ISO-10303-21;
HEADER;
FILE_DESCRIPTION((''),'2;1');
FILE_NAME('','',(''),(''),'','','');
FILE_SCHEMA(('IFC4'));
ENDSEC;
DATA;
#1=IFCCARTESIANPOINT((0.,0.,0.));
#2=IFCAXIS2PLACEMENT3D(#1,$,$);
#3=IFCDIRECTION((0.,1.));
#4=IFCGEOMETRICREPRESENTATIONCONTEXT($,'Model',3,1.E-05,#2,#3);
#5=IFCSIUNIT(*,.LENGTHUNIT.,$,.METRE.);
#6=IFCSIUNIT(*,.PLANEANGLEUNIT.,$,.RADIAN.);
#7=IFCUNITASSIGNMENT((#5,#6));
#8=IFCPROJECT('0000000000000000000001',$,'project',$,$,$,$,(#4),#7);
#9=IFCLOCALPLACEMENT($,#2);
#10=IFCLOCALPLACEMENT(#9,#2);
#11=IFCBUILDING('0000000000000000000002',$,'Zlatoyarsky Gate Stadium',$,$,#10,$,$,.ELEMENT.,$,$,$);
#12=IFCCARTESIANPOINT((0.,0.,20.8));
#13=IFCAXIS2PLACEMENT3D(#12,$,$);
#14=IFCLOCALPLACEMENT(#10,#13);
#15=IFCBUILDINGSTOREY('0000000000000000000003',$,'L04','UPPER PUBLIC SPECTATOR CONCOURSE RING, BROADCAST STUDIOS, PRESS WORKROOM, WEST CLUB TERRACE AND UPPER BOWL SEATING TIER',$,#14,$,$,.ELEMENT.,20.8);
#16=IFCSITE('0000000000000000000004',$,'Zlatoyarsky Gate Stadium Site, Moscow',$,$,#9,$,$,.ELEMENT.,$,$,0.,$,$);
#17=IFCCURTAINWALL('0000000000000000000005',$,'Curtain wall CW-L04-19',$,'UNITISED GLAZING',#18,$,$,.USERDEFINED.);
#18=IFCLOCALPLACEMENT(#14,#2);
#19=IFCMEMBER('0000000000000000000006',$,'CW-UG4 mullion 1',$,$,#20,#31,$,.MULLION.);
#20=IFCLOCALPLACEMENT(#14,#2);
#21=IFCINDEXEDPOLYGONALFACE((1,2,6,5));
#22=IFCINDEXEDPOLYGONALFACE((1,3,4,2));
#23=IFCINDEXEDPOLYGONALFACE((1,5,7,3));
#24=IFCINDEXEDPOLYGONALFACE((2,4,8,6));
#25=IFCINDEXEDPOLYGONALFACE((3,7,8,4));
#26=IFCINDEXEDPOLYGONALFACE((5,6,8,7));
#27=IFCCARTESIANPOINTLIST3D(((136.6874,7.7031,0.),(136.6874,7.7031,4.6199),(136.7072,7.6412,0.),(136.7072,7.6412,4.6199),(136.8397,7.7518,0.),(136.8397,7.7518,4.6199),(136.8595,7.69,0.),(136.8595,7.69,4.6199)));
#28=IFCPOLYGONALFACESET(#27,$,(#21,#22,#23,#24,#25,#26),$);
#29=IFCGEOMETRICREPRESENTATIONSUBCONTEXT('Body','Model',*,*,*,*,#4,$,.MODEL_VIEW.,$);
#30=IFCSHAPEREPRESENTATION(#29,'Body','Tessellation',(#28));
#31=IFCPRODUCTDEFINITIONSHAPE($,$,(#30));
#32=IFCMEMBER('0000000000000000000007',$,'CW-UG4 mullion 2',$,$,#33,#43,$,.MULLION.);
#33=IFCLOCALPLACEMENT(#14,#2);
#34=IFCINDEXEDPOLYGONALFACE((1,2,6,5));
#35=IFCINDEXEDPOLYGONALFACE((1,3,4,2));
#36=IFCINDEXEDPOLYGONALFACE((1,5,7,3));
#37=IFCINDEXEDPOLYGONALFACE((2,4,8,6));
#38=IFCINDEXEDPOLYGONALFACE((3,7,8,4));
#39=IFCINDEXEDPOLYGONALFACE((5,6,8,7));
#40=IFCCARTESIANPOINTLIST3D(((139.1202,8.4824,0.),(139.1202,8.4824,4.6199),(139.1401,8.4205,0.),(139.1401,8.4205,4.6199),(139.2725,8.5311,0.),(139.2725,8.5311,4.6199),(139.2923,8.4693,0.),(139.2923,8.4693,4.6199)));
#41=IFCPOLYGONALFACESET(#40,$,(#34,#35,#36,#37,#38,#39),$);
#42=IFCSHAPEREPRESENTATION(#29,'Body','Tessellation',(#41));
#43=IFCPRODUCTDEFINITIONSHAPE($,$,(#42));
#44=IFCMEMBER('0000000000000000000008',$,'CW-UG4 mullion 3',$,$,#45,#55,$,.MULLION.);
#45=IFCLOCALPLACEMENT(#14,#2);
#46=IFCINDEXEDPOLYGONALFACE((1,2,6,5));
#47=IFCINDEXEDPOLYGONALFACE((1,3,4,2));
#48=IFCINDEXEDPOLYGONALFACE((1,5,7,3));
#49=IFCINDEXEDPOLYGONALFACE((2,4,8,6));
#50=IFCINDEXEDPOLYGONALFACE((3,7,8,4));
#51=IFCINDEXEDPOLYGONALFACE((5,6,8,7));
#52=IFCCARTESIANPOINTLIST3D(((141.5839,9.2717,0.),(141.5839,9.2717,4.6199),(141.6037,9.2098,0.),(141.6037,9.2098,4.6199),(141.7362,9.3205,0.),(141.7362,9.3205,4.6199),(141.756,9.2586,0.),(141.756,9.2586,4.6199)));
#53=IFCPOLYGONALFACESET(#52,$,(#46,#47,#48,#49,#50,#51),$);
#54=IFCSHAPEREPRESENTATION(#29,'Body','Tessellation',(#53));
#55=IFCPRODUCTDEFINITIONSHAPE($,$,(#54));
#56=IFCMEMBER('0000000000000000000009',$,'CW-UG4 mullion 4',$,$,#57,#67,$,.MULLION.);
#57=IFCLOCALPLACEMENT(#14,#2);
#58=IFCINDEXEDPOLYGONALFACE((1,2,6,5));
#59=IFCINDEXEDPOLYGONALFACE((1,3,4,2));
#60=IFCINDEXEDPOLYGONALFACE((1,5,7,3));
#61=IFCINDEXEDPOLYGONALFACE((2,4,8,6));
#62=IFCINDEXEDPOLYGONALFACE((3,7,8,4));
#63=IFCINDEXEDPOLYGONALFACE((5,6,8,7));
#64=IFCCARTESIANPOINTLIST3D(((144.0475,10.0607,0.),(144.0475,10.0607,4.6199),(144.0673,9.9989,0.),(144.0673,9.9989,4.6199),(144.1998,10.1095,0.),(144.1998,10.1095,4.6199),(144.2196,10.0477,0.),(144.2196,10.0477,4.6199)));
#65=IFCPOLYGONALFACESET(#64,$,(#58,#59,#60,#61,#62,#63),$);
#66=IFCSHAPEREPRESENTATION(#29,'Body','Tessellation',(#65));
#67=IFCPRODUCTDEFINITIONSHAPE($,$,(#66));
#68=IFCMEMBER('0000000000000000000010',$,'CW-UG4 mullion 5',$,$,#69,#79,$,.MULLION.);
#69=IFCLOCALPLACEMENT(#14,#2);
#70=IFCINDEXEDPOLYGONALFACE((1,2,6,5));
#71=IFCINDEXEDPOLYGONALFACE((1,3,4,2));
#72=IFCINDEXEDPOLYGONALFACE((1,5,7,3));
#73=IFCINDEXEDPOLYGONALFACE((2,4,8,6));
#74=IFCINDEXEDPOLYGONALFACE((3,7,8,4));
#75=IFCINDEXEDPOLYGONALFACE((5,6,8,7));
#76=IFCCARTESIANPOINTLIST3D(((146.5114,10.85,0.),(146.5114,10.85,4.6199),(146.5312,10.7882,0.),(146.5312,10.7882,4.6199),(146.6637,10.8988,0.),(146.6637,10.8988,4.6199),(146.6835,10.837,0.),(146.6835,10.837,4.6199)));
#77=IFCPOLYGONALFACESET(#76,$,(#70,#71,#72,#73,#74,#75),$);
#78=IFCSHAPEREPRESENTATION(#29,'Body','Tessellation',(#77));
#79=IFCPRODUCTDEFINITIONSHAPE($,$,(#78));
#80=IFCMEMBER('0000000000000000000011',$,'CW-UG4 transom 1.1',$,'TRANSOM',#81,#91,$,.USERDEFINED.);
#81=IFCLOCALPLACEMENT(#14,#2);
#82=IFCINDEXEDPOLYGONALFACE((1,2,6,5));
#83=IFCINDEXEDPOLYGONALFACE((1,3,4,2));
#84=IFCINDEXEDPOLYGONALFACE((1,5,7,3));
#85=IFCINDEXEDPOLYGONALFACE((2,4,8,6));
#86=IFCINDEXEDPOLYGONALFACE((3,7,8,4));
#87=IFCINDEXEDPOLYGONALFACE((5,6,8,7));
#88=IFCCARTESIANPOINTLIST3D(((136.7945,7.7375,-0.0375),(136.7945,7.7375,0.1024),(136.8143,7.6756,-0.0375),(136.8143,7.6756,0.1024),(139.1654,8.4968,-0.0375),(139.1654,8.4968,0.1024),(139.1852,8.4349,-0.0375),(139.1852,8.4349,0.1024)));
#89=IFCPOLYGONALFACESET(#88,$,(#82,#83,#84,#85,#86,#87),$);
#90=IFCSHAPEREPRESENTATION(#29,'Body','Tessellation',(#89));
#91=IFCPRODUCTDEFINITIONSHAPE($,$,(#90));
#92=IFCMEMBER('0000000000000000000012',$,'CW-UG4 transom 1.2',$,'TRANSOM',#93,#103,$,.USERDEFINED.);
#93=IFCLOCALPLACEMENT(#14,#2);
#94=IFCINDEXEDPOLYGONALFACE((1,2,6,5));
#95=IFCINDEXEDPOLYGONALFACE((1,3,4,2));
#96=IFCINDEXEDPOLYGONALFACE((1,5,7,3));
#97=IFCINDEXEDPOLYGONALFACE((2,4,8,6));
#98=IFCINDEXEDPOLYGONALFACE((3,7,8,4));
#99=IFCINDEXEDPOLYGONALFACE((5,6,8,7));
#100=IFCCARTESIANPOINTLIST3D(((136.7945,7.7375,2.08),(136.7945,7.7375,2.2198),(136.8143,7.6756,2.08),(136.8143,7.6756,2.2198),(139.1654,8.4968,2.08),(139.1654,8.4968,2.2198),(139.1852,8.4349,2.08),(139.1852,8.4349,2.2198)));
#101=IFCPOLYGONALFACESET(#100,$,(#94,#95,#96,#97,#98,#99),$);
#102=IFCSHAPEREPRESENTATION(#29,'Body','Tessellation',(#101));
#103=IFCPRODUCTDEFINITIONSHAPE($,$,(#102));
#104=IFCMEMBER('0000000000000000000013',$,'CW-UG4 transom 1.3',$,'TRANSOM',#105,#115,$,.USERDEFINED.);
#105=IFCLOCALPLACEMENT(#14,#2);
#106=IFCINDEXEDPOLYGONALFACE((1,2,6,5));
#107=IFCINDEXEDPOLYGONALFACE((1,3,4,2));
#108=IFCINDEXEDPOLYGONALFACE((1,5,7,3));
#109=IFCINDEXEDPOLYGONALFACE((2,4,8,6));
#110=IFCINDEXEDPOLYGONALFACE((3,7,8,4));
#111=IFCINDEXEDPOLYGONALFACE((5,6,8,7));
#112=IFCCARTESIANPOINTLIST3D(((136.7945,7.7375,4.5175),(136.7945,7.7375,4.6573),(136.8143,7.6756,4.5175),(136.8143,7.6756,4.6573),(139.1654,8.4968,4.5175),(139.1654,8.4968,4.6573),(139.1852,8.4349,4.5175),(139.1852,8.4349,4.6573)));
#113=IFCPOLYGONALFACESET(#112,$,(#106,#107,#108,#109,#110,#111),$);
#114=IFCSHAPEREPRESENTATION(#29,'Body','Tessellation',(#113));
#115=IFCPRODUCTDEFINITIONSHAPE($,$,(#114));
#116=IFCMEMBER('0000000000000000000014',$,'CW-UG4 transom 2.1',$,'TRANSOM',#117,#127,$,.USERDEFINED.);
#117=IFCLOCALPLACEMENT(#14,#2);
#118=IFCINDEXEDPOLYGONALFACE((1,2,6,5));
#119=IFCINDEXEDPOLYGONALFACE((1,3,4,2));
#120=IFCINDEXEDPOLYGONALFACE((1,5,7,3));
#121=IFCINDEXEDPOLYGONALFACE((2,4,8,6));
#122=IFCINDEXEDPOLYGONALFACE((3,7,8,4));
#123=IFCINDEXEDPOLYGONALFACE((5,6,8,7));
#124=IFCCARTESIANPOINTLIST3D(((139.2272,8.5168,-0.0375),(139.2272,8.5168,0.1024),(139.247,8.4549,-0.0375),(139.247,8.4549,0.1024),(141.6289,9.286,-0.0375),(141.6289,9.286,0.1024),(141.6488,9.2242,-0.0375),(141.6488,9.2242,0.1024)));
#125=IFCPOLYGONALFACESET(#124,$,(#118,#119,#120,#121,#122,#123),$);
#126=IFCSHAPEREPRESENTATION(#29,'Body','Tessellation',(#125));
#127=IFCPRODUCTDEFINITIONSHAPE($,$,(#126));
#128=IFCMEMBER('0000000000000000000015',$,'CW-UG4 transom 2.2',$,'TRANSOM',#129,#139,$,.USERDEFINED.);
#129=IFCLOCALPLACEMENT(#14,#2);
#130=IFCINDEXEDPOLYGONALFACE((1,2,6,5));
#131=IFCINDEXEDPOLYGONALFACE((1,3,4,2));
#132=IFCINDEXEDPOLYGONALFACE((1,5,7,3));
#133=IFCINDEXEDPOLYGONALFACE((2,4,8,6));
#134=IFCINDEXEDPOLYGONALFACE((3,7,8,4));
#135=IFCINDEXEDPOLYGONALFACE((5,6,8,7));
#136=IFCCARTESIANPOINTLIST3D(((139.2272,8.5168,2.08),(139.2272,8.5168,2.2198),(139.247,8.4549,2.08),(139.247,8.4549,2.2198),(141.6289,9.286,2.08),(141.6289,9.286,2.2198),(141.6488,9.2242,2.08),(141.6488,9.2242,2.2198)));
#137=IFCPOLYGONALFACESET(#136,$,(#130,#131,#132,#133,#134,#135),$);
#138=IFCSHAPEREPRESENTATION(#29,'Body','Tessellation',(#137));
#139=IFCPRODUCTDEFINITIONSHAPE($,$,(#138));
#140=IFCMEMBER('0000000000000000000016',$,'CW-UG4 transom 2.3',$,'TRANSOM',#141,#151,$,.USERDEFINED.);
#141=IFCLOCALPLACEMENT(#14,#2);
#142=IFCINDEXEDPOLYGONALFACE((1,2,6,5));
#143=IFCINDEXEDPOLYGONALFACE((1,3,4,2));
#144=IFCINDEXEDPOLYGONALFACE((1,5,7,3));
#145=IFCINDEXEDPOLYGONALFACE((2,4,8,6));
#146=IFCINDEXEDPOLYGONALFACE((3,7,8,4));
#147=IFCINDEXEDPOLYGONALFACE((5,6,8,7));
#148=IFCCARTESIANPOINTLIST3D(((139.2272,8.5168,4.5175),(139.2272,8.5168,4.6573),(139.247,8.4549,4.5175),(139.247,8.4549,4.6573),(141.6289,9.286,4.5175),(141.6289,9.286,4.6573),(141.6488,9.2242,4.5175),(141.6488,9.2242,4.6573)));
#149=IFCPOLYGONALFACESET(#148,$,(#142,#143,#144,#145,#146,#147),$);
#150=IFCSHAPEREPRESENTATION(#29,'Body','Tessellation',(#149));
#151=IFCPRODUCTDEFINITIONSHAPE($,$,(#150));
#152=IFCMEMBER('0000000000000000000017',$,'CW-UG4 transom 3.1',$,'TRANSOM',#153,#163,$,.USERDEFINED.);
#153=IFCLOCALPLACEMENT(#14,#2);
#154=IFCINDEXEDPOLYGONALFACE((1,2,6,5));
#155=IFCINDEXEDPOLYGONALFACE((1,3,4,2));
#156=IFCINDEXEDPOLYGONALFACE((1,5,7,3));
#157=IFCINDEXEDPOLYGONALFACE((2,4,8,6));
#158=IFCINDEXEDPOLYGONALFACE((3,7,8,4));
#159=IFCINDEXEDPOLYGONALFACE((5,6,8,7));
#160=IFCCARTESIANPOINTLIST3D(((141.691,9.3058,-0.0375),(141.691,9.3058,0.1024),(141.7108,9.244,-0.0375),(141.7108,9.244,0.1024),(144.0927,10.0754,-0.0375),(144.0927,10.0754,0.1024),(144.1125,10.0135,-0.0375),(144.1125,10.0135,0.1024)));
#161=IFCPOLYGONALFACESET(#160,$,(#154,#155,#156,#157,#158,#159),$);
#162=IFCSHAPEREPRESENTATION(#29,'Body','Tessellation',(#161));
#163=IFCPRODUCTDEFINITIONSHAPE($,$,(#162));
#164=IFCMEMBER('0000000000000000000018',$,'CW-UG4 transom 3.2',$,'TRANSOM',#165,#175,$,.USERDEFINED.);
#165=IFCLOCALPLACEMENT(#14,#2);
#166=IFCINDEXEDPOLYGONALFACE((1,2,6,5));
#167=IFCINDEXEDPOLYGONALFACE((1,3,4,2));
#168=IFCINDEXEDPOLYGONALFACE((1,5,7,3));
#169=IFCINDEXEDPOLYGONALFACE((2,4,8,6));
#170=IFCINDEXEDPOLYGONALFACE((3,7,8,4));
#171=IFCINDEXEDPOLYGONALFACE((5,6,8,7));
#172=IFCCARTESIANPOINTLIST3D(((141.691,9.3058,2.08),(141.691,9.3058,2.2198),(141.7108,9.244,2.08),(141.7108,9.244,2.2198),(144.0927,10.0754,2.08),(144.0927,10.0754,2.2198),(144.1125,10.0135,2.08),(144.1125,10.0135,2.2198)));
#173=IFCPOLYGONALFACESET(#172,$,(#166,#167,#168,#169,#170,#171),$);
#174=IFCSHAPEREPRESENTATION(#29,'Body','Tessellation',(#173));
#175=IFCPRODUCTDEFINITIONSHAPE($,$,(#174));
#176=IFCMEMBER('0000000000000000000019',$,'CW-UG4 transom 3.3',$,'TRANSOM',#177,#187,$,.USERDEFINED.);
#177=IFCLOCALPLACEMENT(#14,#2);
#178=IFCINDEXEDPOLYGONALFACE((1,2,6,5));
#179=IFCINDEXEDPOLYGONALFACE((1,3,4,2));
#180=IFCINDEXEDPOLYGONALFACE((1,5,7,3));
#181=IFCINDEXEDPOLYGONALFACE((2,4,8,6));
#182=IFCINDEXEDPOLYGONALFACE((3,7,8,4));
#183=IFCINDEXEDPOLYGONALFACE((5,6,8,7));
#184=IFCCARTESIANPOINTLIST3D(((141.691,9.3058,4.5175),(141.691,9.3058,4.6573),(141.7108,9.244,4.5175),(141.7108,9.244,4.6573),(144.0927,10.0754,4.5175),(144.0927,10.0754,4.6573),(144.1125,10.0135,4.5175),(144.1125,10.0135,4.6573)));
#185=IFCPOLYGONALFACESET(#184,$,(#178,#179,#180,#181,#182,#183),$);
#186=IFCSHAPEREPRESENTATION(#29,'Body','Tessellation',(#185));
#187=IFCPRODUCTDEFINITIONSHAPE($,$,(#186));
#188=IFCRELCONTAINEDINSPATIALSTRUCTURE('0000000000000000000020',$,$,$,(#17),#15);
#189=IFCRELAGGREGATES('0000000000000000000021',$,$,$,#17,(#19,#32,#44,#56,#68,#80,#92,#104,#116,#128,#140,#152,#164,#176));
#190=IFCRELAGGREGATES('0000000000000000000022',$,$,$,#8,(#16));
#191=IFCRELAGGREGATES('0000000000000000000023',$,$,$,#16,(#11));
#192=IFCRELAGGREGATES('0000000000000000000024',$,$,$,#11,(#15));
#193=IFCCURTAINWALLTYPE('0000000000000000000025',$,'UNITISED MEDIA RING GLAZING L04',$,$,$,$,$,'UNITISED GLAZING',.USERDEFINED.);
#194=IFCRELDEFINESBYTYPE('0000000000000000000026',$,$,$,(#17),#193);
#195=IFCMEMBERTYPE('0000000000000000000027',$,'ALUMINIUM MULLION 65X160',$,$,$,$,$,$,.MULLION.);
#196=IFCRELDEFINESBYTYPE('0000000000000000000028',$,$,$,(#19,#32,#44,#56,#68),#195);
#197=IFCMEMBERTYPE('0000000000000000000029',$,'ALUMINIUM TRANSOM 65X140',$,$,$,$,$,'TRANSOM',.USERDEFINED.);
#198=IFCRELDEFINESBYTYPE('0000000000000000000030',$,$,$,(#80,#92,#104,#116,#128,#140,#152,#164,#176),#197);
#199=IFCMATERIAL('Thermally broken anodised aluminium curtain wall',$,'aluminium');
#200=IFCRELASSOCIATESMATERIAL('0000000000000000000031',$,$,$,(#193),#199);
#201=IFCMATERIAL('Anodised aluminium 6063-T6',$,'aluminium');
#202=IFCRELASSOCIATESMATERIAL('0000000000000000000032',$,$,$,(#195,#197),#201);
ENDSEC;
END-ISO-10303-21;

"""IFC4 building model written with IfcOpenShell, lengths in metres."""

from ifc_helpers import new_model, si_unit, direction, frame, origin, origin_2d, place, context, subcontext, project, spatial, rectangle, extrude, material, material_profile, profile_set, type_object, element, aggregate, save


model = new_model("IFC4")

# Units and contexts
model_context = context("Model", 3, precision=1e-05, world=origin(), true_north=direction((0.0, 1.0)))
body_context = subcontext(model_context, "Body", "Model", "MODEL_VIEW")
ifc_project = project(units=[si_unit("LENGTHUNIT", "METRE"), si_unit("PLANEANGLEUNIT", "RADIAN")], contexts=[model_context])

# Site, building, storey
site_placement = place(None, origin())
site = spatial("IfcSite", under=ifc_project, at=site_placement, Name="Zlatoyarsky Gate Stadium Site, Moscow", CompositionType="ELEMENT", RefElevation=0.0)
building_placement = place(site_placement, origin())
building = spatial("IfcBuilding", under=site, at=building_placement, Name="Zlatoyarsky Gate Stadium", CompositionType="ELEMENT")
storey_placement = place(building_placement, frame((0.0, 0.0, 20.8)))
storey = spatial("IfcBuildingStorey", under=building, at=storey_placement, Name="L04", Description="UPPER PUBLIC SPECTATOR CONCOURSE RING, BROADCAST STUDIOS, PRESS WORKROOM, WEST CLUB TERRACE AND UPPER BOWL SEATING TIER", CompositionType="ELEMENT", Elevation=20.8)

# Curtain wall, members
ifc_material_1 = material(Name="Thermally broken anodised aluminium curtain wall", Category="aluminium")
curtain_wall_type = type_object("IfcCurtainWallType", Name="UNITISED MEDIA RING GLAZING L04", ElementType="UNITISED GLAZING", PredefinedType="USERDEFINED", material=ifc_material_1)
curtain_wall_placement = place(storey_placement, origin())
curtain_wall = element("IfcCurtainWall", 1, at=curtain_wall_placement, inside=storey, type_object=curtain_wall_type, Name="Curtain wall CW-L04-19", ObjectType="UNITISED GLAZING", PredefinedType="USERDEFINED")
ifc_material_2 = material(Name="Anodised aluminium 6063-T6", Category="aluminium")
ifc_material_profile_1 = material_profile(ifc_material_2, rectangle(XDim=0.0649, YDim=0.1599, at=origin_2d()), Name="ALU 65X160")
ifc_profile_set_1 = profile_set([ifc_material_profile_1], Name="Anodised aluminium 6063-T6")
member_type_1 = type_object("IfcMemberType", Name="ALUMINIUM MULLION 65X160", PredefinedType="MULLION", material=ifc_profile_set_1)
member_1_placement = place(storey_placement, frame((136.7734, 7.6965, 0.0), z_axis=(0.0, 0.0, 1.0), x_axis=(-0.305066, 0.952331, 0.0)))
member_1 = element("IfcMember", 2, at=member_1_placement, type_object=member_type_1, Name="CW-UG4 mullion 1", PredefinedType="MULLION", context=body_context, shape_type="SweptSolid", body=[
    extrude(rectangle(XDim=0.0649, YDim=0.1599, at=origin_2d()), origin(), (0.0, 0.0, 1.0), 4.6199),
])
member_2_placement = place(storey_placement, frame((139.2063, 8.4758, 0.0), z_axis=(0.0, 0.0, 1.0), x_axis=(-0.305066, 0.952331, 0.0)))
member_2 = element("IfcMember", 3, at=member_2_placement, type_object=member_type_1, Name="CW-UG4 mullion 2", PredefinedType="MULLION", context=body_context, shape_type="SweptSolid", body=[
    extrude(rectangle(XDim=0.0649, YDim=0.1599, at=origin_2d()), origin(), (0.0, 0.0, 1.0), 4.6199),
])
member_3_placement = place(storey_placement, frame((141.6699, 9.2651, 0.0), z_axis=(0.0, 0.0, 1.0), x_axis=(-0.305066, 0.952331, 0.0)))
member_3 = element("IfcMember", 4, at=member_3_placement, type_object=member_type_1, Name="CW-UG4 mullion 3", PredefinedType="MULLION", context=body_context, shape_type="SweptSolid", body=[
    extrude(rectangle(XDim=0.0649, YDim=0.1599, at=origin_2d()), origin(), (0.0, 0.0, 1.0), 4.6199),
])
member_4_placement = place(storey_placement, frame((144.1335, 10.0542, 0.0), z_axis=(0.0, 0.0, 1.0), x_axis=(-0.305066, 0.952331, 0.0)))
member_4 = element("IfcMember", 5, at=member_4_placement, type_object=member_type_1, Name="CW-UG4 mullion 4", PredefinedType="MULLION", context=body_context, shape_type="SweptSolid", body=[
    extrude(rectangle(XDim=0.0649, YDim=0.1599, at=origin_2d()), origin(), (0.0, 0.0, 1.0), 4.6199),
])
member_5_placement = place(storey_placement, frame((146.5974, 10.8435, 0.0), z_axis=(0.0, 0.0, 1.0), x_axis=(-0.305066, 0.952331, 0.0)))
member_5 = element("IfcMember", 6, at=member_5_placement, type_object=member_type_1, Name="CW-UG4 mullion 5", PredefinedType="MULLION", context=body_context, shape_type="SweptSolid", body=[
    extrude(rectangle(XDim=0.0649, YDim=0.1599, at=origin_2d()), origin(), (0.0, 0.0, 1.0), 4.6199),
])
ifc_material_profile_2 = material_profile(ifc_material_2, rectangle(XDim=0.0649, YDim=0.1399, at=origin_2d()), Name="ALU 65X140")
ifc_profile_set_2 = profile_set([ifc_material_profile_2], Name="Anodised aluminium 6063-T6")
member_type_2 = type_object("IfcMemberType", Name="ALUMINIUM TRANSOM 65X140", ElementType="TRANSOM", PredefinedType="USERDEFINED", material=ifc_profile_set_2)
member_6_placement = place(storey_placement, frame((136.8044, 7.7065, 0.0325), z_axis=(0.952354, 0.304996, 0.0), x_axis=(-0.304996, 0.952354, 0.0)))
member_6 = element("IfcMember", 7, at=member_6_placement, type_object=member_type_2, Name="CW-UG4 transom 1.1", ObjectType="TRANSOM", PredefinedType="USERDEFINED", context=body_context, shape_type="SweptSolid", body=[
    extrude(rectangle(XDim=0.0649, YDim=0.1399, at=origin_2d()), origin(), (0.0, 0.0, 1.0), 2.4895),
])
member_7_placement = place(storey_placement, frame((136.8044, 7.7065, 2.1499), z_axis=(0.952354, 0.304996, 0.0), x_axis=(-0.304996, 0.952354, 0.0)))
member_7 = element("IfcMember", 8, at=member_7_placement, type_object=member_type_2, Name="CW-UG4 transom 1.2", ObjectType="TRANSOM", PredefinedType="USERDEFINED", context=body_context, shape_type="SweptSolid", body=[
    extrude(rectangle(XDim=0.0649, YDim=0.1399, at=origin_2d()), origin(), (0.0, 0.0, 1.0), 2.4895),
])
member_8_placement = place(storey_placement, frame((136.8044, 7.7065, 4.5874), z_axis=(0.952354, 0.304996, 0.0), x_axis=(-0.304996, 0.952354, 0.0)))
member_8 = element("IfcMember", 9, at=member_8_placement, type_object=member_type_2, Name="CW-UG4 transom 1.3", ObjectType="TRANSOM", PredefinedType="USERDEFINED", context=body_context, shape_type="SweptSolid", body=[
    extrude(rectangle(XDim=0.0649, YDim=0.1399, at=origin_2d()), origin(), (0.0, 0.0, 1.0), 2.4895),
])
member_9_placement = place(storey_placement, frame((139.2371, 8.4858, 0.0325), z_axis=(0.952344, 0.305025, 0.0), x_axis=(-0.305025, 0.952344, 0.0)))
member_9 = element("IfcMember", 10, at=member_9_placement, type_object=member_type_2, Name="CW-UG4 transom 2.1", ObjectType="TRANSOM", PredefinedType="USERDEFINED", context=body_context, shape_type="SweptSolid", body=[
    extrude(rectangle(XDim=0.0649, YDim=0.1399, at=origin_2d()), origin(), (0.0, 0.0, 1.0), 2.522),
])
member_10_placement = place(storey_placement, frame((139.2371, 8.4858, 2.1499), z_axis=(0.952344, 0.305025, 0.0), x_axis=(-0.305025, 0.952344, 0.0)))
member_10 = element("IfcMember", 11, at=member_10_placement, type_object=member_type_2, Name="CW-UG4 transom 2.2", ObjectType="TRANSOM", PredefinedType="USERDEFINED", context=body_context, shape_type="SweptSolid", body=[
    extrude(rectangle(XDim=0.0649, YDim=0.1399, at=origin_2d()), origin(), (0.0, 0.0, 1.0), 2.522),
])
member_11_placement = place(storey_placement, frame((139.2371, 8.4858, 4.5874), z_axis=(0.952344, 0.305025, 0.0), x_axis=(-0.305025, 0.952344, 0.0)))
member_11 = element("IfcMember", 12, at=member_11_placement, type_object=member_type_2, Name="CW-UG4 transom 2.3", ObjectType="TRANSOM", PredefinedType="USERDEFINED", context=body_context, shape_type="SweptSolid", body=[
    extrude(rectangle(XDim=0.0649, YDim=0.1399, at=origin_2d()), origin(), (0.0, 0.0, 1.0), 2.522),
])
member_12_placement = place(storey_placement, frame((141.7009, 9.2749, 0.0325), z_axis=(0.952307, 0.305141, 0.0), x_axis=(-0.305141, 0.952307, 0.0)))
member_12 = element("IfcMember", 13, at=member_12_placement, type_object=member_type_2, Name="CW-UG4 transom 3.1", ObjectType="TRANSOM", PredefinedType="USERDEFINED", context=body_context, shape_type="SweptSolid", body=[
    extrude(rectangle(XDim=0.0649, YDim=0.1399, at=origin_2d()), origin(), (0.0, 0.0, 1.0), 2.522),
])
member_13_placement = place(storey_placement, frame((141.7009, 9.2749, 2.1499), z_axis=(0.952307, 0.305141, 0.0), x_axis=(-0.305141, 0.952307, 0.0)))
member_13 = element("IfcMember", 14, at=member_13_placement, type_object=member_type_2, Name="CW-UG4 transom 3.2", ObjectType="TRANSOM", PredefinedType="USERDEFINED", context=body_context, shape_type="SweptSolid", body=[
    extrude(rectangle(XDim=0.0649, YDim=0.1399, at=origin_2d()), origin(), (0.0, 0.0, 1.0), 2.522),
])
member_14_placement = place(storey_placement, frame((141.7009, 9.2749, 4.5874), z_axis=(0.952307, 0.305141, 0.0), x_axis=(-0.305141, 0.952307, 0.0)))
member_14 = element("IfcMember", 15, at=member_14_placement, type_object=member_type_2, Name="CW-UG4 transom 3.3", ObjectType="TRANSOM", PredefinedType="USERDEFINED", context=body_context, shape_type="SweptSolid", body=[
    extrude(rectangle(XDim=0.0649, YDim=0.1399, at=origin_2d()), origin(), (0.0, 0.0, 1.0), 2.522),
])

aggregate(curtain_wall, [member_1, member_2, member_3, member_4, member_5, member_6, member_7, member_8, member_9, member_10, member_11, member_12, member_13, member_14])

save(model, "model.ifc")
